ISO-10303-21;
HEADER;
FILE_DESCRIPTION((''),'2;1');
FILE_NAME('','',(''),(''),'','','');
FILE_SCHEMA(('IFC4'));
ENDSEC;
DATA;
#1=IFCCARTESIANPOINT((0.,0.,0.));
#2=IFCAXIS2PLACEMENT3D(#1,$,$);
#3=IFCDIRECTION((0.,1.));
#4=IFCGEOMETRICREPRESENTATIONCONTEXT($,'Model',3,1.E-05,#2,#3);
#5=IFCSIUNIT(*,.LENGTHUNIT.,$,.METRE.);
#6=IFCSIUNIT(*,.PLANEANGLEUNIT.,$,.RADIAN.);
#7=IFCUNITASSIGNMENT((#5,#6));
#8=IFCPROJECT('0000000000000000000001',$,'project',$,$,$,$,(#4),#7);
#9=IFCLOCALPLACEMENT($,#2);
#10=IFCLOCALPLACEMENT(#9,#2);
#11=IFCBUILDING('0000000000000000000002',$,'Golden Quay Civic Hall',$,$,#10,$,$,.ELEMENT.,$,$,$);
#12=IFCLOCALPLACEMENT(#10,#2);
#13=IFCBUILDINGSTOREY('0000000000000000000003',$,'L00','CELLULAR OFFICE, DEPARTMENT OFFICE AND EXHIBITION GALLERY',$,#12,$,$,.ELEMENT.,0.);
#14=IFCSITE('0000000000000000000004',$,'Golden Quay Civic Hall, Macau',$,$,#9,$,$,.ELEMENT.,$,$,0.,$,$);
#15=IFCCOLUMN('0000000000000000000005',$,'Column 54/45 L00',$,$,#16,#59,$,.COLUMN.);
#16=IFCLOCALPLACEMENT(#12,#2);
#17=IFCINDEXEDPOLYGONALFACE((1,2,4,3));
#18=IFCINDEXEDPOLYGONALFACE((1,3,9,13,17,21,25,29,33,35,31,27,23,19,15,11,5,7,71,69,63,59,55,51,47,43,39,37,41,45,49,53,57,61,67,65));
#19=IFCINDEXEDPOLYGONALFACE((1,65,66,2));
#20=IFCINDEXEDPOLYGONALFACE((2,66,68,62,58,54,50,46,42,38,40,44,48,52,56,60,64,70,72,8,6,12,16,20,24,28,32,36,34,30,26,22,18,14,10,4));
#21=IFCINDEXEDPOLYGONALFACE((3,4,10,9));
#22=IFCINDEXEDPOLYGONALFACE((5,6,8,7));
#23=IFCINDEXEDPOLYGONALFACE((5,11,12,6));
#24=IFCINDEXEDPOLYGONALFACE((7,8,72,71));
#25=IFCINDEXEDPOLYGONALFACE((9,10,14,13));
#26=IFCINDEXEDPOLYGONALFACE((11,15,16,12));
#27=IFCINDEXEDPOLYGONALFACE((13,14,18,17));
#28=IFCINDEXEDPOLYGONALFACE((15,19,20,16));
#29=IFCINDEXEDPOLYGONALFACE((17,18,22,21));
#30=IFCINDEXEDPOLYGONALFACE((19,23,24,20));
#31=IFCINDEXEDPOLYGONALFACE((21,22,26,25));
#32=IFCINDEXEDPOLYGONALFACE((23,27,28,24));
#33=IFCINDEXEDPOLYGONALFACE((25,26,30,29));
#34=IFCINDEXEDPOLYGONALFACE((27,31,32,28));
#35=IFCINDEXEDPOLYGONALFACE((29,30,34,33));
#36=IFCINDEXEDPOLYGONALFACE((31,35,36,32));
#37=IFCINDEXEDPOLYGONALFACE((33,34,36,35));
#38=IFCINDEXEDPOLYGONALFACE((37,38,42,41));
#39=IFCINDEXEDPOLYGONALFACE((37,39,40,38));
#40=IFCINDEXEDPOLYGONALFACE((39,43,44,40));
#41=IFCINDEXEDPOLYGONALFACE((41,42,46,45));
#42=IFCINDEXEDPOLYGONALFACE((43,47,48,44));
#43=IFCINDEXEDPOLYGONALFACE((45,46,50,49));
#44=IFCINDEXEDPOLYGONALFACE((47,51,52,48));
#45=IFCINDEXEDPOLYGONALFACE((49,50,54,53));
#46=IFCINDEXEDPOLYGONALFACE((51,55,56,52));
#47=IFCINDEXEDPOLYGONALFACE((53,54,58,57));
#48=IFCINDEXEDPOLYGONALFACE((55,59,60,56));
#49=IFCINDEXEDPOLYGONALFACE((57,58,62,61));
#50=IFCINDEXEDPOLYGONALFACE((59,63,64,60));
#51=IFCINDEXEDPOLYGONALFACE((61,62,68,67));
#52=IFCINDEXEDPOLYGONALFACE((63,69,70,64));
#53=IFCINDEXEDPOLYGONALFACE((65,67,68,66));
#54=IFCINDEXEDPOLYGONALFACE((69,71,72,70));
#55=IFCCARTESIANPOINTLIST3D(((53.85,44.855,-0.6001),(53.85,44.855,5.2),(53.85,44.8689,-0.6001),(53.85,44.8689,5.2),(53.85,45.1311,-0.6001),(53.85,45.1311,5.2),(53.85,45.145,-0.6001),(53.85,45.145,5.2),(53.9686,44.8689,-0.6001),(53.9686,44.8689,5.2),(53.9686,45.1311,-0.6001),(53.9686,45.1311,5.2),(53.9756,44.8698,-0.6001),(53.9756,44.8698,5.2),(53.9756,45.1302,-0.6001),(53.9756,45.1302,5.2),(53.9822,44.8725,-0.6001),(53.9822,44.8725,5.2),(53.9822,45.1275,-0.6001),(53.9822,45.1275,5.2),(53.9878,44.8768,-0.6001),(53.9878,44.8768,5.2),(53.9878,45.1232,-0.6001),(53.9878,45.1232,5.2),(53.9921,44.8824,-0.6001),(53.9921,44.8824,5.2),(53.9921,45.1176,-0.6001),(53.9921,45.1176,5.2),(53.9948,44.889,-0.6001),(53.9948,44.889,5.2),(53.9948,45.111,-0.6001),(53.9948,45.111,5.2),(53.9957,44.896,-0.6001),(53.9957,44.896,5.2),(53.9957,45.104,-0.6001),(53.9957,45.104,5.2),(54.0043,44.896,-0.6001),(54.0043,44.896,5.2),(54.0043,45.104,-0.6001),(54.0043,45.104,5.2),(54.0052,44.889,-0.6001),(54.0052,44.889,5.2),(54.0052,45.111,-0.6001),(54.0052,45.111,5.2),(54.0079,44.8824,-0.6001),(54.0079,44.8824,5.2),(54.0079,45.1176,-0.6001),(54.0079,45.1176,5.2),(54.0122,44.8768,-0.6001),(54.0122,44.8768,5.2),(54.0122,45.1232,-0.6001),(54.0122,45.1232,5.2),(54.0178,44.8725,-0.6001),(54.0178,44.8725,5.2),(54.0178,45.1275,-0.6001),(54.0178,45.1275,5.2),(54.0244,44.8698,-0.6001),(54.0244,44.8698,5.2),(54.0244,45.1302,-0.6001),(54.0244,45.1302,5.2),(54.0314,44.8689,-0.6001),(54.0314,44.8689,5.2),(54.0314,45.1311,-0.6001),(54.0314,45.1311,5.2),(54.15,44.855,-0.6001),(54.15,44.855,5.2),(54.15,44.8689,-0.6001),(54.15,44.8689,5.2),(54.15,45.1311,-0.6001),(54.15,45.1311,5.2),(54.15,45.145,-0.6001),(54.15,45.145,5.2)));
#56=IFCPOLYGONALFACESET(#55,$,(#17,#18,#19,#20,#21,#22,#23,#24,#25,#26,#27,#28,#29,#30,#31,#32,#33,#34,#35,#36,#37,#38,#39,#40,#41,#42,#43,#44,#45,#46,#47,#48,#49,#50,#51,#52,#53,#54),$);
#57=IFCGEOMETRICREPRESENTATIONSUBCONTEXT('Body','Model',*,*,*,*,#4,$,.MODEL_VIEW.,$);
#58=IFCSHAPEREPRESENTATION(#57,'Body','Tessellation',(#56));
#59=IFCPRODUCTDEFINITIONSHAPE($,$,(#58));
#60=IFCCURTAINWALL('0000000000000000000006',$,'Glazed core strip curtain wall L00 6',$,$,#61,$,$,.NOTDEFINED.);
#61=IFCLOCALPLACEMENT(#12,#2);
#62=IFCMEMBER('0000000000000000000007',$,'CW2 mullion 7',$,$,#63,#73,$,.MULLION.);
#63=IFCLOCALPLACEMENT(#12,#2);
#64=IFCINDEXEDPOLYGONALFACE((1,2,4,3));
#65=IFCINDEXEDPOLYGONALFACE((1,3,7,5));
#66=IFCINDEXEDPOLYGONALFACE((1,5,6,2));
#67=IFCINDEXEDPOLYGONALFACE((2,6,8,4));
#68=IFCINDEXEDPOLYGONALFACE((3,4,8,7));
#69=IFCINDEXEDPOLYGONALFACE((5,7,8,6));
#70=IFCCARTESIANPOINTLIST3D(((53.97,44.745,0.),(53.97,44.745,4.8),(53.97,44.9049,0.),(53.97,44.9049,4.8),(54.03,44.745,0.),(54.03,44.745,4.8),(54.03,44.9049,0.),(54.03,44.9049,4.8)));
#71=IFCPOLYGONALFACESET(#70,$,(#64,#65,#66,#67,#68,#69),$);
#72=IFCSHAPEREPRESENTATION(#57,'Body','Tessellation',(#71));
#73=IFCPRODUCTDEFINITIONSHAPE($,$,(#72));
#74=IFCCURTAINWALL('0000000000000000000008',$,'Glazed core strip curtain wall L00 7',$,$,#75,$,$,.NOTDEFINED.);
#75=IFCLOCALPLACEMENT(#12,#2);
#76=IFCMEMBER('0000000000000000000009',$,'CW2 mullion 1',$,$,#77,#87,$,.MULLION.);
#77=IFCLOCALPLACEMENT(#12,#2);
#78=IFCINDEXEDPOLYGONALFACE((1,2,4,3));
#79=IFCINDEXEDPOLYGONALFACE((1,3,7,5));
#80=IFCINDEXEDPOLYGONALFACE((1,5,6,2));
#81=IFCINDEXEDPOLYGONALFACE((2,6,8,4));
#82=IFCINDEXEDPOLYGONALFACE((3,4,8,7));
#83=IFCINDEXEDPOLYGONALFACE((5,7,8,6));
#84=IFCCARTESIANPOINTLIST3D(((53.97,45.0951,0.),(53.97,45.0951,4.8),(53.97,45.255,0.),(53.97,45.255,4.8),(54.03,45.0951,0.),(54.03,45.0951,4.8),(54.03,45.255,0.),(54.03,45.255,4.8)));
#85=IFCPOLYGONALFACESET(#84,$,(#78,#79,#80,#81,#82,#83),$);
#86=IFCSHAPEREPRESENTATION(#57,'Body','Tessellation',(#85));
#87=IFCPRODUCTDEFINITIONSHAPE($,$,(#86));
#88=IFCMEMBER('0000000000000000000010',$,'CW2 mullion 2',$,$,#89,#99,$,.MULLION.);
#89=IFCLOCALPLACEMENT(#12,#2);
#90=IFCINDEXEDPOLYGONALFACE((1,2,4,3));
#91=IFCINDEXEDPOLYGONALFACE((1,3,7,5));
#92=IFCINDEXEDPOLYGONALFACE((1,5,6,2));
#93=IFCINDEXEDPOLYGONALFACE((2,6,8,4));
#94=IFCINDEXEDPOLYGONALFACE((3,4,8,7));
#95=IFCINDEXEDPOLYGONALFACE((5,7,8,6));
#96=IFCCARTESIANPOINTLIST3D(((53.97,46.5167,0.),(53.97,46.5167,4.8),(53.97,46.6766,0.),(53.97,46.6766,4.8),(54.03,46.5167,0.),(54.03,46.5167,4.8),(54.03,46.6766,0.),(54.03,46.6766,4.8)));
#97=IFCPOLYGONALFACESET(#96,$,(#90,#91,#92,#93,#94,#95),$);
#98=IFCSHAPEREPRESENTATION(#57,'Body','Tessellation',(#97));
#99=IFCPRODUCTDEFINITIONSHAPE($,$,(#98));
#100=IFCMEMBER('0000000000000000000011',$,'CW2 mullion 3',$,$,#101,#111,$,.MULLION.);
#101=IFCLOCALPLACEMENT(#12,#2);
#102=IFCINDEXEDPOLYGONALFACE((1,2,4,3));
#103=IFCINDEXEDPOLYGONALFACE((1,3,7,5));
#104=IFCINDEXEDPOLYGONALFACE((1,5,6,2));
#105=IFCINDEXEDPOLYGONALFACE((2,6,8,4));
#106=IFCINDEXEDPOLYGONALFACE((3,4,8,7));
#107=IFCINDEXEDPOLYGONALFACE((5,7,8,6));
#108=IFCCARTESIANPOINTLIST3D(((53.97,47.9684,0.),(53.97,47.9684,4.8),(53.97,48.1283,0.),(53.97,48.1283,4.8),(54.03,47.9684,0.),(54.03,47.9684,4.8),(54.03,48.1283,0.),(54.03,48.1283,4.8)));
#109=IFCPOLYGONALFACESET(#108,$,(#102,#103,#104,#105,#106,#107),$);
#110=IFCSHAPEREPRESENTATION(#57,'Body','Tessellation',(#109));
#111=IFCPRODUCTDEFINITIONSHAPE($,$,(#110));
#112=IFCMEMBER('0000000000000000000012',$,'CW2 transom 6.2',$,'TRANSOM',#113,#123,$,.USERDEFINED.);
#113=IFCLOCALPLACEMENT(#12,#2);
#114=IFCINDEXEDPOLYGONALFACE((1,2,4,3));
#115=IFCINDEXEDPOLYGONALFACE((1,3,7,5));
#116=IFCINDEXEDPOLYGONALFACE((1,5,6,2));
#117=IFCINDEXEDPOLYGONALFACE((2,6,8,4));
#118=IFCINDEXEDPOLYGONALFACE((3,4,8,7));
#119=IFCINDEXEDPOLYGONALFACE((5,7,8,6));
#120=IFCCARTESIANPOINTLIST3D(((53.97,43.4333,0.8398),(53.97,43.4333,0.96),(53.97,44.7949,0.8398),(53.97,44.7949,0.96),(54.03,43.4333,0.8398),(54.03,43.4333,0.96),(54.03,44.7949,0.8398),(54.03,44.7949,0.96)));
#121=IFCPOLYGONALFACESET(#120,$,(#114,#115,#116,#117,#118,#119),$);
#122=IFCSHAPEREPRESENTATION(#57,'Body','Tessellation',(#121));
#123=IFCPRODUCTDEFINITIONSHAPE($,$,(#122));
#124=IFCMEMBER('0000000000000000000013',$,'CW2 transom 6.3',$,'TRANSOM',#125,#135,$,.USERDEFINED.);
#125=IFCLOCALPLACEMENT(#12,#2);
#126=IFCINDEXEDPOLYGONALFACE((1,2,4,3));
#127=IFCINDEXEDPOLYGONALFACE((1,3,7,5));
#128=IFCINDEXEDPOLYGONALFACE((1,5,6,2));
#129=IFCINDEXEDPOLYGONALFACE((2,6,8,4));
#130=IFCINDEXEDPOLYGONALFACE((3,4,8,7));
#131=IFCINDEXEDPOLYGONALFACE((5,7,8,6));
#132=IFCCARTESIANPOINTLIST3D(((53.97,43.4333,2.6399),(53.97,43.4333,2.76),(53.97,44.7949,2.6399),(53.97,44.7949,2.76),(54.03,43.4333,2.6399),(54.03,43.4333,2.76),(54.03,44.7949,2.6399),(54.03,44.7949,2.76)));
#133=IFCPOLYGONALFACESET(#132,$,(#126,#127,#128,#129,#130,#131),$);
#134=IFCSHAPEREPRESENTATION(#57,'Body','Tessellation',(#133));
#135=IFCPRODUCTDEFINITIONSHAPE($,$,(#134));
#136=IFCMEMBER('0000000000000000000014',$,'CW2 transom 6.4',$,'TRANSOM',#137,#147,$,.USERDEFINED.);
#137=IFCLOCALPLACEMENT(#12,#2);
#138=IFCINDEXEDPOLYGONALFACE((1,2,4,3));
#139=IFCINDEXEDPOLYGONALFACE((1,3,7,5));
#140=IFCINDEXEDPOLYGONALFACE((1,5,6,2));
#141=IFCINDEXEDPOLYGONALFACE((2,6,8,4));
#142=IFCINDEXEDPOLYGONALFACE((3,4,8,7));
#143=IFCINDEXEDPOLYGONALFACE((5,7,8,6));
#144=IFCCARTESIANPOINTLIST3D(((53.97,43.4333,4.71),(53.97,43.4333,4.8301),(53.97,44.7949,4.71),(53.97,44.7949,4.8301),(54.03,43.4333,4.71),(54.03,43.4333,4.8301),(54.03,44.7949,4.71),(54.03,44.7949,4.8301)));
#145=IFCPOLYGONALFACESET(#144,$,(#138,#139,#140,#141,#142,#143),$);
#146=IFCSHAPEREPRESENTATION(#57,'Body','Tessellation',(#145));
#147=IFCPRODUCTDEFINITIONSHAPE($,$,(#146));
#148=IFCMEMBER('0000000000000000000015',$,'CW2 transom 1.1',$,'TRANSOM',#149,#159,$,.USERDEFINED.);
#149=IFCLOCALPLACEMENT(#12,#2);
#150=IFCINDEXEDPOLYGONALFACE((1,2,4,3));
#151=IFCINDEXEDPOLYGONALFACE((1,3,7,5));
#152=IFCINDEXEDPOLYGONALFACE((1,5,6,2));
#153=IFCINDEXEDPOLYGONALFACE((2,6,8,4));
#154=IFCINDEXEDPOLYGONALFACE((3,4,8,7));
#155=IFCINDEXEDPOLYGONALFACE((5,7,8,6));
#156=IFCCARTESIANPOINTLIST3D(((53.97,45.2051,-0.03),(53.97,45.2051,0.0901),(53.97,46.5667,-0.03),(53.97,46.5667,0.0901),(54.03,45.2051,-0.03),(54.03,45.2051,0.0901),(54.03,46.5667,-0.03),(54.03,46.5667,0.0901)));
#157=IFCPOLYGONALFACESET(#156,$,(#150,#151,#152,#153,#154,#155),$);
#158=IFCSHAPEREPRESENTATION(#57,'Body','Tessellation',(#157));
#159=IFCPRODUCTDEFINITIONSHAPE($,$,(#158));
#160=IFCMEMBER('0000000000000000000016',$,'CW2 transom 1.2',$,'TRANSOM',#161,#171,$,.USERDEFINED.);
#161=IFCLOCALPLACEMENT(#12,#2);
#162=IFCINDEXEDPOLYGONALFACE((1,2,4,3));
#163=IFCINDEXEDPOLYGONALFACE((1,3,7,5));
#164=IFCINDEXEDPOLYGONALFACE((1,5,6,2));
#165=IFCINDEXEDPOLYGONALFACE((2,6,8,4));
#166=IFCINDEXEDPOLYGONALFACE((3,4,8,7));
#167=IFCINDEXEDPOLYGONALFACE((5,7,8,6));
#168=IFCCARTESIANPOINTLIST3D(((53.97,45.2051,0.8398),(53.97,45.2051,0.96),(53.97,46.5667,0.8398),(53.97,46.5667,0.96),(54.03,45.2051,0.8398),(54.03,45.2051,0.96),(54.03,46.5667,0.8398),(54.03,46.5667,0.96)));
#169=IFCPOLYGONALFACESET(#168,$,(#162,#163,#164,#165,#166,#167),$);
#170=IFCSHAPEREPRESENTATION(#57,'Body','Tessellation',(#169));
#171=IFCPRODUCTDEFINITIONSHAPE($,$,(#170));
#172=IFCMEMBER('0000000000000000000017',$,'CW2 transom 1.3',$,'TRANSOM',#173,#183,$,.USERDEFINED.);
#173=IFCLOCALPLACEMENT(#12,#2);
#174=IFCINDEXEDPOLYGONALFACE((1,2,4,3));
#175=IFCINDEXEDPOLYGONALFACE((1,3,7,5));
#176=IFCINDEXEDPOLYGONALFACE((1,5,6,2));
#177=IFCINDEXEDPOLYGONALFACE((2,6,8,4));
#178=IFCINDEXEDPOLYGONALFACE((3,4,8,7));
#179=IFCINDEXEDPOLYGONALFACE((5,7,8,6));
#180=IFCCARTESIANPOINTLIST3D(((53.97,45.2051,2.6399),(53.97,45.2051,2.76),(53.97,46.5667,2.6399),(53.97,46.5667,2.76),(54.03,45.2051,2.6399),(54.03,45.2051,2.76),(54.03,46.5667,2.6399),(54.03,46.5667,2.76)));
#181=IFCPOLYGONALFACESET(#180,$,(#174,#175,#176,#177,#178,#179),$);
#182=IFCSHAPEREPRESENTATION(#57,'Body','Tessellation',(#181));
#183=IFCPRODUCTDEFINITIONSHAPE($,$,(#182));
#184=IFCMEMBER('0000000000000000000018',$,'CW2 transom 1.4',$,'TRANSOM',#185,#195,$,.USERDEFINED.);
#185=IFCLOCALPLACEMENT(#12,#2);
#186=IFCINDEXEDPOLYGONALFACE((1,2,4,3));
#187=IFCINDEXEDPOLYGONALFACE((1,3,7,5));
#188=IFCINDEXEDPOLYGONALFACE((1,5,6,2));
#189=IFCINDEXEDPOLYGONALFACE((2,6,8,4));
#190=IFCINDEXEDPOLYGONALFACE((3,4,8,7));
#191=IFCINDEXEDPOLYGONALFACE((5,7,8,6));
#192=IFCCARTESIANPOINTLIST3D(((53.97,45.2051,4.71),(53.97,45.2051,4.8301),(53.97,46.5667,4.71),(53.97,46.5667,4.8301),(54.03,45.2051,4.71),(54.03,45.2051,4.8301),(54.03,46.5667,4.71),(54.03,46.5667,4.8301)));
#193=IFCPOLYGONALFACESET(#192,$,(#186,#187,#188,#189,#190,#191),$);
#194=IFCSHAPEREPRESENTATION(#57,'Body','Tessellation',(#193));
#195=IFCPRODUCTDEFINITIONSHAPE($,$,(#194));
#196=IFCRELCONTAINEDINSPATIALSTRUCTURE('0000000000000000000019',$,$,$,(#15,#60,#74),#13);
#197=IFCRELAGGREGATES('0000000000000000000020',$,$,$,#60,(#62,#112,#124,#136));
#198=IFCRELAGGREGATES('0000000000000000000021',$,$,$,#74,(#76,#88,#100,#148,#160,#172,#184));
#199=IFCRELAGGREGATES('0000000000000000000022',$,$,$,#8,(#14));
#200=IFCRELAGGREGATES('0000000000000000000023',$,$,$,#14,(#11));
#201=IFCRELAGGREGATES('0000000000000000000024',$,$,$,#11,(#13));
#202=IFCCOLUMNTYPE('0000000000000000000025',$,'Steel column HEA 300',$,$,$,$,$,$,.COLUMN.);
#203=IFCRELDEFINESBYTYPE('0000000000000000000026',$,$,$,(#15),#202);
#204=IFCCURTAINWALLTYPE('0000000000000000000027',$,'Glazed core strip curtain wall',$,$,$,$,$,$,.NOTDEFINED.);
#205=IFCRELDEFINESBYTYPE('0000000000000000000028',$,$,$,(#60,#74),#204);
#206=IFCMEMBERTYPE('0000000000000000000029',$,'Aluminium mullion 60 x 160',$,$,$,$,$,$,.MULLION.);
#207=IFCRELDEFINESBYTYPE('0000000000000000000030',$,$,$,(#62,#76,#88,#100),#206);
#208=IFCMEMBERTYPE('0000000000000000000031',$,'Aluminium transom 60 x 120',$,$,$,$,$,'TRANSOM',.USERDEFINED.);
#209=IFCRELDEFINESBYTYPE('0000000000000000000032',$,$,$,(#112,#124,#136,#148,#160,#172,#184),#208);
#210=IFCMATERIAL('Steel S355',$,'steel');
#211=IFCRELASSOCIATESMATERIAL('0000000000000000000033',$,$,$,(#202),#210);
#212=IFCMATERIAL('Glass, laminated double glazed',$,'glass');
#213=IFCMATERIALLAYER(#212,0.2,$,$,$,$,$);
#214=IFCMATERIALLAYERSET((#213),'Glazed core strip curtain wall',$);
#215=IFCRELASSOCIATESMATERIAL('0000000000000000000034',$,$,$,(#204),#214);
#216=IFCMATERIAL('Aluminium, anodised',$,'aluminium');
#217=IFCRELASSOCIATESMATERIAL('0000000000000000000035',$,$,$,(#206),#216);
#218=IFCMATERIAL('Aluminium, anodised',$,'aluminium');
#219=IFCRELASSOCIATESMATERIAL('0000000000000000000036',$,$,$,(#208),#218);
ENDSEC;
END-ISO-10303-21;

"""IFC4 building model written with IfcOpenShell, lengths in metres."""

from ifc_helpers import new_model, si_unit, direction, frame, origin, origin_2d, place, context, subcontext, project, spatial, rectangle, i_section, extrude, material, layer, layer_set, material_profile, profile_set, type_object, element, aggregate, save


model = new_model("IFC4")

# Units and contexts
model_context = context("Model", 3, precision=1e-05, world=origin(), true_north=direction((0.0, 1.0)))
body_context = subcontext(model_context, "Body", "Model", "MODEL_VIEW")
ifc_project = project(units=[si_unit("LENGTHUNIT", "METRE"), si_unit("PLANEANGLEUNIT", "RADIAN")], contexts=[model_context])

# Site, building, storey
site_placement = place(None, origin())
site = spatial("IfcSite", under=ifc_project, at=site_placement, Name="Golden Quay Civic Hall, Macau", CompositionType="ELEMENT", RefElevation=0.0)
building_placement = place(site_placement, origin())
building = spatial("IfcBuilding", under=site, at=building_placement, Name="Golden Quay Civic Hall", CompositionType="ELEMENT")
storey_placement = place(building_placement, origin())
storey = spatial("IfcBuildingStorey", under=building, at=storey_placement, Name="L00", Description="CELLULAR OFFICE, DEPARTMENT OFFICE AND EXHIBITION GALLERY", CompositionType="ELEMENT", Elevation=0.0)

# Column
ifc_material_1 = material(Name="Steel S355", Category="steel")
ifc_material_profile_1 = material_profile(ifc_material_1, i_section(OverallWidth=0.3, OverallDepth=0.29, WebThickness=0.0085, FlangeThickness=0.0139, FilletRadius=0.0271, at=origin_2d()), Name="HEA 300")
ifc_profile_set_1 = profile_set([ifc_material_profile_1], Name="Steel S355")
column_type = type_object("IfcColumnType", Name="Steel column HEA 300", PredefinedType="COLUMN", material=ifc_profile_set_1)
column_placement = place(storey_placement, frame((54.0, 45.0, -0.6001), z_axis=(0.0, 0.0, 1.0), x_axis=(1.0, 0.0, 0.0)))
element("IfcColumn", 1, at=column_placement, inside=storey, type_object=column_type, Name="Column 54/45 L00", PredefinedType="COLUMN", context=body_context, shape_type="SweptSolid", body=[
    extrude(i_section(OverallWidth=0.3, OverallDepth=0.29, WebThickness=0.0085, FlangeThickness=0.0139, FilletRadius=0.0271, at=origin_2d()), origin(), (0.0, 0.0, 1.0), 5.8),
])

# Curtain wall, member
ifc_material_2 = material(Name="Glass, laminated double glazed", Category="glass")
ifc_layer_1 = layer(ifc_material_2, 0.2)
ifc_layer_set_1 = layer_set([ifc_layer_1], Name="Glazed core strip curtain wall")
curtain_wall_type = type_object("IfcCurtainWallType", Name="Glazed core strip curtain wall", PredefinedType="NOTDEFINED", material=ifc_layer_set_1)
curtain_wall_1_placement = place(storey_placement, origin())
curtain_wall_1 = element("IfcCurtainWall", 2, at=curtain_wall_1_placement, inside=storey, type_object=curtain_wall_type, Name="Glazed core strip curtain wall L00 6", PredefinedType="NOTDEFINED")
ifc_material_3 = material(Name="Aluminium, anodised", Category="aluminium")
ifc_material_profile_2 = material_profile(ifc_material_3, rectangle(XDim=0.0601, YDim=0.1599, at=origin_2d()), Name="Aluminium 60 x 160")
ifc_profile_set_2 = profile_set([ifc_material_profile_2], Name="Aluminium, anodised")
member_type_1 = type_object("IfcMemberType", Name="Aluminium mullion 60 x 160", PredefinedType="MULLION", material=ifc_profile_set_2)
member_1_placement = place(storey_placement, frame((54.0, 44.825, 0.0), z_axis=(0.0, 0.0, 1.0), x_axis=(-1.0, 0.0, 0.0)))
member_1 = element("IfcMember", 3, at=member_1_placement, type_object=member_type_1, Name="CW2 mullion 7", PredefinedType="MULLION", context=body_context, shape_type="SweptSolid", body=[
    extrude(rectangle(XDim=0.0601, YDim=0.1599, at=origin_2d()), origin(), (0.0, 0.0, 1.0), 4.8),
])

# Curtain wall, members
curtain_wall_2_placement = place(storey_placement, origin())
curtain_wall_2 = element("IfcCurtainWall", 4, at=curtain_wall_2_placement, inside=storey, type_object=curtain_wall_type, Name="Glazed core strip curtain wall L00 7", PredefinedType="NOTDEFINED")
member_2_placement = place(storey_placement, frame((54.0, 45.175, 0.0), z_axis=(0.0, 0.0, 1.0), x_axis=(-1.0, 0.0, 0.0)))
member_2 = element("IfcMember", 5, at=member_2_placement, type_object=member_type_1, Name="CW2 mullion 1", PredefinedType="MULLION", context=body_context, shape_type="SweptSolid", body=[
    extrude(rectangle(XDim=0.0601, YDim=0.1599, at=origin_2d()), origin(), (0.0, 0.0, 1.0), 4.8),
])
member_3_placement = place(storey_placement, frame((54.0, 46.5967, 0.0), z_axis=(0.0, 0.0, 1.0), x_axis=(-1.0, 0.0, 0.0)))
member_3 = element("IfcMember", 6, at=member_3_placement, type_object=member_type_1, Name="CW2 mullion 2", PredefinedType="MULLION", context=body_context, shape_type="SweptSolid", body=[
    extrude(rectangle(XDim=0.0601, YDim=0.1599, at=origin_2d()), origin(), (0.0, 0.0, 1.0), 4.8),
])
member_4_placement = place(storey_placement, frame((54.0, 48.0483, 0.0), z_axis=(0.0, 0.0, 1.0), x_axis=(-1.0, 0.0, 0.0)))
member_4 = element("IfcMember", 7, at=member_4_placement, type_object=member_type_1, Name="CW2 mullion 3", PredefinedType="MULLION", context=body_context, shape_type="SweptSolid", body=[
    extrude(rectangle(XDim=0.0601, YDim=0.1599, at=origin_2d()), origin(), (0.0, 0.0, 1.0), 4.8),
])

# Members
ifc_material_4 = material(Name="Aluminium, anodised", Category="aluminium")
ifc_material_profile_3 = material_profile(ifc_material_4, rectangle(XDim=0.0601, YDim=0.1201, at=origin_2d()), Name="Aluminium 60 x 120")
ifc_profile_set_3 = profile_set([ifc_material_profile_3], Name="Aluminium, anodised")
member_type_2 = type_object("IfcMemberType", Name="Aluminium transom 60 x 120", ElementType="TRANSOM", PredefinedType="USERDEFINED", material=ifc_profile_set_3)
member_5_placement = place(storey_placement, frame((54.0, 43.4333, 0.8999), z_axis=(0.0, 1.0, 0.0), x_axis=(-1.0, 0.0, 0.0)))
member_5 = element("IfcMember", 8, at=member_5_placement, type_object=member_type_2, Name="CW2 transom 6.2", ObjectType="TRANSOM", PredefinedType="USERDEFINED", context=body_context, shape_type="SweptSolid", body=[
    extrude(rectangle(XDim=0.0601, YDim=0.1201, at=origin_2d()), origin(), (0.0, 0.0, 1.0), 1.3616),
])
member_6_placement = place(storey_placement, frame((54.0, 43.4333, 2.7), z_axis=(0.0, 1.0, 0.0), x_axis=(-1.0, 0.0, 0.0)))
member_6 = element("IfcMember", 9, at=member_6_placement, type_object=member_type_2, Name="CW2 transom 6.3", ObjectType="TRANSOM", PredefinedType="USERDEFINED", context=body_context, shape_type="SweptSolid", body=[
    extrude(rectangle(XDim=0.0601, YDim=0.1201, at=origin_2d()), origin(), (0.0, 0.0, 1.0), 1.3616),
])
member_7_placement = place(storey_placement, frame((54.0, 43.4333, 4.77), z_axis=(0.0, 1.0, 0.0), x_axis=(-1.0, 0.0, 0.0)))
member_7 = element("IfcMember", 10, at=member_7_placement, type_object=member_type_2, Name="CW2 transom 6.4", ObjectType="TRANSOM", PredefinedType="USERDEFINED", context=body_context, shape_type="SweptSolid", body=[
    extrude(rectangle(XDim=0.0601, YDim=0.1201, at=origin_2d()), origin(), (0.0, 0.0, 1.0), 1.3616),
])
member_8_placement = place(storey_placement, frame((54.0, 45.2051, 0.03), z_axis=(0.0, 1.0, 0.0), x_axis=(-1.0, 0.0, 0.0)))
member_8 = element("IfcMember", 11, at=member_8_placement, type_object=member_type_2, Name="CW2 transom 1.1", ObjectType="TRANSOM", PredefinedType="USERDEFINED", context=body_context, shape_type="SweptSolid", body=[
    extrude(rectangle(XDim=0.0601, YDim=0.1201, at=origin_2d()), origin(), (0.0, 0.0, 1.0), 1.3616),
])
member_9_placement = place(storey_placement, frame((54.0, 45.2051, 0.8999), z_axis=(0.0, 1.0, 0.0), x_axis=(-1.0, 0.0, 0.0)))
member_9 = element("IfcMember", 12, at=member_9_placement, type_object=member_type_2, Name="CW2 transom 1.2", ObjectType="TRANSOM", PredefinedType="USERDEFINED", context=body_context, shape_type="SweptSolid", body=[
    extrude(rectangle(XDim=0.0601, YDim=0.1201, at=origin_2d()), origin(), (0.0, 0.0, 1.0), 1.3616),
])
member_10_placement = place(storey_placement, frame((54.0, 45.2051, 2.7), z_axis=(0.0, 1.0, 0.0), x_axis=(-1.0, 0.0, 0.0)))
member_10 = element("IfcMember", 13, at=member_10_placement, type_object=member_type_2, Name="CW2 transom 1.3", ObjectType="TRANSOM", PredefinedType="USERDEFINED", context=body_context, shape_type="SweptSolid", body=[
    extrude(rectangle(XDim=0.0601, YDim=0.1201, at=origin_2d()), origin(), (0.0, 0.0, 1.0), 1.3616),
])
member_11_placement = place(storey_placement, frame((54.0, 45.2051, 4.77), z_axis=(0.0, 1.0, 0.0), x_axis=(-1.0, 0.0, 0.0)))
member_11 = element("IfcMember", 14, at=member_11_placement, type_object=member_type_2, Name="CW2 transom 1.4", ObjectType="TRANSOM", PredefinedType="USERDEFINED", context=body_context, shape_type="SweptSolid", body=[
    extrude(rectangle(XDim=0.0601, YDim=0.1201, at=origin_2d()), origin(), (0.0, 0.0, 1.0), 1.3616),
])

aggregate(curtain_wall_1, [member_1, member_5, member_6, member_7])
aggregate(curtain_wall_2, [member_2, member_3, member_4, member_8, member_9, member_10, member_11])

save(model, "model.ifc")
